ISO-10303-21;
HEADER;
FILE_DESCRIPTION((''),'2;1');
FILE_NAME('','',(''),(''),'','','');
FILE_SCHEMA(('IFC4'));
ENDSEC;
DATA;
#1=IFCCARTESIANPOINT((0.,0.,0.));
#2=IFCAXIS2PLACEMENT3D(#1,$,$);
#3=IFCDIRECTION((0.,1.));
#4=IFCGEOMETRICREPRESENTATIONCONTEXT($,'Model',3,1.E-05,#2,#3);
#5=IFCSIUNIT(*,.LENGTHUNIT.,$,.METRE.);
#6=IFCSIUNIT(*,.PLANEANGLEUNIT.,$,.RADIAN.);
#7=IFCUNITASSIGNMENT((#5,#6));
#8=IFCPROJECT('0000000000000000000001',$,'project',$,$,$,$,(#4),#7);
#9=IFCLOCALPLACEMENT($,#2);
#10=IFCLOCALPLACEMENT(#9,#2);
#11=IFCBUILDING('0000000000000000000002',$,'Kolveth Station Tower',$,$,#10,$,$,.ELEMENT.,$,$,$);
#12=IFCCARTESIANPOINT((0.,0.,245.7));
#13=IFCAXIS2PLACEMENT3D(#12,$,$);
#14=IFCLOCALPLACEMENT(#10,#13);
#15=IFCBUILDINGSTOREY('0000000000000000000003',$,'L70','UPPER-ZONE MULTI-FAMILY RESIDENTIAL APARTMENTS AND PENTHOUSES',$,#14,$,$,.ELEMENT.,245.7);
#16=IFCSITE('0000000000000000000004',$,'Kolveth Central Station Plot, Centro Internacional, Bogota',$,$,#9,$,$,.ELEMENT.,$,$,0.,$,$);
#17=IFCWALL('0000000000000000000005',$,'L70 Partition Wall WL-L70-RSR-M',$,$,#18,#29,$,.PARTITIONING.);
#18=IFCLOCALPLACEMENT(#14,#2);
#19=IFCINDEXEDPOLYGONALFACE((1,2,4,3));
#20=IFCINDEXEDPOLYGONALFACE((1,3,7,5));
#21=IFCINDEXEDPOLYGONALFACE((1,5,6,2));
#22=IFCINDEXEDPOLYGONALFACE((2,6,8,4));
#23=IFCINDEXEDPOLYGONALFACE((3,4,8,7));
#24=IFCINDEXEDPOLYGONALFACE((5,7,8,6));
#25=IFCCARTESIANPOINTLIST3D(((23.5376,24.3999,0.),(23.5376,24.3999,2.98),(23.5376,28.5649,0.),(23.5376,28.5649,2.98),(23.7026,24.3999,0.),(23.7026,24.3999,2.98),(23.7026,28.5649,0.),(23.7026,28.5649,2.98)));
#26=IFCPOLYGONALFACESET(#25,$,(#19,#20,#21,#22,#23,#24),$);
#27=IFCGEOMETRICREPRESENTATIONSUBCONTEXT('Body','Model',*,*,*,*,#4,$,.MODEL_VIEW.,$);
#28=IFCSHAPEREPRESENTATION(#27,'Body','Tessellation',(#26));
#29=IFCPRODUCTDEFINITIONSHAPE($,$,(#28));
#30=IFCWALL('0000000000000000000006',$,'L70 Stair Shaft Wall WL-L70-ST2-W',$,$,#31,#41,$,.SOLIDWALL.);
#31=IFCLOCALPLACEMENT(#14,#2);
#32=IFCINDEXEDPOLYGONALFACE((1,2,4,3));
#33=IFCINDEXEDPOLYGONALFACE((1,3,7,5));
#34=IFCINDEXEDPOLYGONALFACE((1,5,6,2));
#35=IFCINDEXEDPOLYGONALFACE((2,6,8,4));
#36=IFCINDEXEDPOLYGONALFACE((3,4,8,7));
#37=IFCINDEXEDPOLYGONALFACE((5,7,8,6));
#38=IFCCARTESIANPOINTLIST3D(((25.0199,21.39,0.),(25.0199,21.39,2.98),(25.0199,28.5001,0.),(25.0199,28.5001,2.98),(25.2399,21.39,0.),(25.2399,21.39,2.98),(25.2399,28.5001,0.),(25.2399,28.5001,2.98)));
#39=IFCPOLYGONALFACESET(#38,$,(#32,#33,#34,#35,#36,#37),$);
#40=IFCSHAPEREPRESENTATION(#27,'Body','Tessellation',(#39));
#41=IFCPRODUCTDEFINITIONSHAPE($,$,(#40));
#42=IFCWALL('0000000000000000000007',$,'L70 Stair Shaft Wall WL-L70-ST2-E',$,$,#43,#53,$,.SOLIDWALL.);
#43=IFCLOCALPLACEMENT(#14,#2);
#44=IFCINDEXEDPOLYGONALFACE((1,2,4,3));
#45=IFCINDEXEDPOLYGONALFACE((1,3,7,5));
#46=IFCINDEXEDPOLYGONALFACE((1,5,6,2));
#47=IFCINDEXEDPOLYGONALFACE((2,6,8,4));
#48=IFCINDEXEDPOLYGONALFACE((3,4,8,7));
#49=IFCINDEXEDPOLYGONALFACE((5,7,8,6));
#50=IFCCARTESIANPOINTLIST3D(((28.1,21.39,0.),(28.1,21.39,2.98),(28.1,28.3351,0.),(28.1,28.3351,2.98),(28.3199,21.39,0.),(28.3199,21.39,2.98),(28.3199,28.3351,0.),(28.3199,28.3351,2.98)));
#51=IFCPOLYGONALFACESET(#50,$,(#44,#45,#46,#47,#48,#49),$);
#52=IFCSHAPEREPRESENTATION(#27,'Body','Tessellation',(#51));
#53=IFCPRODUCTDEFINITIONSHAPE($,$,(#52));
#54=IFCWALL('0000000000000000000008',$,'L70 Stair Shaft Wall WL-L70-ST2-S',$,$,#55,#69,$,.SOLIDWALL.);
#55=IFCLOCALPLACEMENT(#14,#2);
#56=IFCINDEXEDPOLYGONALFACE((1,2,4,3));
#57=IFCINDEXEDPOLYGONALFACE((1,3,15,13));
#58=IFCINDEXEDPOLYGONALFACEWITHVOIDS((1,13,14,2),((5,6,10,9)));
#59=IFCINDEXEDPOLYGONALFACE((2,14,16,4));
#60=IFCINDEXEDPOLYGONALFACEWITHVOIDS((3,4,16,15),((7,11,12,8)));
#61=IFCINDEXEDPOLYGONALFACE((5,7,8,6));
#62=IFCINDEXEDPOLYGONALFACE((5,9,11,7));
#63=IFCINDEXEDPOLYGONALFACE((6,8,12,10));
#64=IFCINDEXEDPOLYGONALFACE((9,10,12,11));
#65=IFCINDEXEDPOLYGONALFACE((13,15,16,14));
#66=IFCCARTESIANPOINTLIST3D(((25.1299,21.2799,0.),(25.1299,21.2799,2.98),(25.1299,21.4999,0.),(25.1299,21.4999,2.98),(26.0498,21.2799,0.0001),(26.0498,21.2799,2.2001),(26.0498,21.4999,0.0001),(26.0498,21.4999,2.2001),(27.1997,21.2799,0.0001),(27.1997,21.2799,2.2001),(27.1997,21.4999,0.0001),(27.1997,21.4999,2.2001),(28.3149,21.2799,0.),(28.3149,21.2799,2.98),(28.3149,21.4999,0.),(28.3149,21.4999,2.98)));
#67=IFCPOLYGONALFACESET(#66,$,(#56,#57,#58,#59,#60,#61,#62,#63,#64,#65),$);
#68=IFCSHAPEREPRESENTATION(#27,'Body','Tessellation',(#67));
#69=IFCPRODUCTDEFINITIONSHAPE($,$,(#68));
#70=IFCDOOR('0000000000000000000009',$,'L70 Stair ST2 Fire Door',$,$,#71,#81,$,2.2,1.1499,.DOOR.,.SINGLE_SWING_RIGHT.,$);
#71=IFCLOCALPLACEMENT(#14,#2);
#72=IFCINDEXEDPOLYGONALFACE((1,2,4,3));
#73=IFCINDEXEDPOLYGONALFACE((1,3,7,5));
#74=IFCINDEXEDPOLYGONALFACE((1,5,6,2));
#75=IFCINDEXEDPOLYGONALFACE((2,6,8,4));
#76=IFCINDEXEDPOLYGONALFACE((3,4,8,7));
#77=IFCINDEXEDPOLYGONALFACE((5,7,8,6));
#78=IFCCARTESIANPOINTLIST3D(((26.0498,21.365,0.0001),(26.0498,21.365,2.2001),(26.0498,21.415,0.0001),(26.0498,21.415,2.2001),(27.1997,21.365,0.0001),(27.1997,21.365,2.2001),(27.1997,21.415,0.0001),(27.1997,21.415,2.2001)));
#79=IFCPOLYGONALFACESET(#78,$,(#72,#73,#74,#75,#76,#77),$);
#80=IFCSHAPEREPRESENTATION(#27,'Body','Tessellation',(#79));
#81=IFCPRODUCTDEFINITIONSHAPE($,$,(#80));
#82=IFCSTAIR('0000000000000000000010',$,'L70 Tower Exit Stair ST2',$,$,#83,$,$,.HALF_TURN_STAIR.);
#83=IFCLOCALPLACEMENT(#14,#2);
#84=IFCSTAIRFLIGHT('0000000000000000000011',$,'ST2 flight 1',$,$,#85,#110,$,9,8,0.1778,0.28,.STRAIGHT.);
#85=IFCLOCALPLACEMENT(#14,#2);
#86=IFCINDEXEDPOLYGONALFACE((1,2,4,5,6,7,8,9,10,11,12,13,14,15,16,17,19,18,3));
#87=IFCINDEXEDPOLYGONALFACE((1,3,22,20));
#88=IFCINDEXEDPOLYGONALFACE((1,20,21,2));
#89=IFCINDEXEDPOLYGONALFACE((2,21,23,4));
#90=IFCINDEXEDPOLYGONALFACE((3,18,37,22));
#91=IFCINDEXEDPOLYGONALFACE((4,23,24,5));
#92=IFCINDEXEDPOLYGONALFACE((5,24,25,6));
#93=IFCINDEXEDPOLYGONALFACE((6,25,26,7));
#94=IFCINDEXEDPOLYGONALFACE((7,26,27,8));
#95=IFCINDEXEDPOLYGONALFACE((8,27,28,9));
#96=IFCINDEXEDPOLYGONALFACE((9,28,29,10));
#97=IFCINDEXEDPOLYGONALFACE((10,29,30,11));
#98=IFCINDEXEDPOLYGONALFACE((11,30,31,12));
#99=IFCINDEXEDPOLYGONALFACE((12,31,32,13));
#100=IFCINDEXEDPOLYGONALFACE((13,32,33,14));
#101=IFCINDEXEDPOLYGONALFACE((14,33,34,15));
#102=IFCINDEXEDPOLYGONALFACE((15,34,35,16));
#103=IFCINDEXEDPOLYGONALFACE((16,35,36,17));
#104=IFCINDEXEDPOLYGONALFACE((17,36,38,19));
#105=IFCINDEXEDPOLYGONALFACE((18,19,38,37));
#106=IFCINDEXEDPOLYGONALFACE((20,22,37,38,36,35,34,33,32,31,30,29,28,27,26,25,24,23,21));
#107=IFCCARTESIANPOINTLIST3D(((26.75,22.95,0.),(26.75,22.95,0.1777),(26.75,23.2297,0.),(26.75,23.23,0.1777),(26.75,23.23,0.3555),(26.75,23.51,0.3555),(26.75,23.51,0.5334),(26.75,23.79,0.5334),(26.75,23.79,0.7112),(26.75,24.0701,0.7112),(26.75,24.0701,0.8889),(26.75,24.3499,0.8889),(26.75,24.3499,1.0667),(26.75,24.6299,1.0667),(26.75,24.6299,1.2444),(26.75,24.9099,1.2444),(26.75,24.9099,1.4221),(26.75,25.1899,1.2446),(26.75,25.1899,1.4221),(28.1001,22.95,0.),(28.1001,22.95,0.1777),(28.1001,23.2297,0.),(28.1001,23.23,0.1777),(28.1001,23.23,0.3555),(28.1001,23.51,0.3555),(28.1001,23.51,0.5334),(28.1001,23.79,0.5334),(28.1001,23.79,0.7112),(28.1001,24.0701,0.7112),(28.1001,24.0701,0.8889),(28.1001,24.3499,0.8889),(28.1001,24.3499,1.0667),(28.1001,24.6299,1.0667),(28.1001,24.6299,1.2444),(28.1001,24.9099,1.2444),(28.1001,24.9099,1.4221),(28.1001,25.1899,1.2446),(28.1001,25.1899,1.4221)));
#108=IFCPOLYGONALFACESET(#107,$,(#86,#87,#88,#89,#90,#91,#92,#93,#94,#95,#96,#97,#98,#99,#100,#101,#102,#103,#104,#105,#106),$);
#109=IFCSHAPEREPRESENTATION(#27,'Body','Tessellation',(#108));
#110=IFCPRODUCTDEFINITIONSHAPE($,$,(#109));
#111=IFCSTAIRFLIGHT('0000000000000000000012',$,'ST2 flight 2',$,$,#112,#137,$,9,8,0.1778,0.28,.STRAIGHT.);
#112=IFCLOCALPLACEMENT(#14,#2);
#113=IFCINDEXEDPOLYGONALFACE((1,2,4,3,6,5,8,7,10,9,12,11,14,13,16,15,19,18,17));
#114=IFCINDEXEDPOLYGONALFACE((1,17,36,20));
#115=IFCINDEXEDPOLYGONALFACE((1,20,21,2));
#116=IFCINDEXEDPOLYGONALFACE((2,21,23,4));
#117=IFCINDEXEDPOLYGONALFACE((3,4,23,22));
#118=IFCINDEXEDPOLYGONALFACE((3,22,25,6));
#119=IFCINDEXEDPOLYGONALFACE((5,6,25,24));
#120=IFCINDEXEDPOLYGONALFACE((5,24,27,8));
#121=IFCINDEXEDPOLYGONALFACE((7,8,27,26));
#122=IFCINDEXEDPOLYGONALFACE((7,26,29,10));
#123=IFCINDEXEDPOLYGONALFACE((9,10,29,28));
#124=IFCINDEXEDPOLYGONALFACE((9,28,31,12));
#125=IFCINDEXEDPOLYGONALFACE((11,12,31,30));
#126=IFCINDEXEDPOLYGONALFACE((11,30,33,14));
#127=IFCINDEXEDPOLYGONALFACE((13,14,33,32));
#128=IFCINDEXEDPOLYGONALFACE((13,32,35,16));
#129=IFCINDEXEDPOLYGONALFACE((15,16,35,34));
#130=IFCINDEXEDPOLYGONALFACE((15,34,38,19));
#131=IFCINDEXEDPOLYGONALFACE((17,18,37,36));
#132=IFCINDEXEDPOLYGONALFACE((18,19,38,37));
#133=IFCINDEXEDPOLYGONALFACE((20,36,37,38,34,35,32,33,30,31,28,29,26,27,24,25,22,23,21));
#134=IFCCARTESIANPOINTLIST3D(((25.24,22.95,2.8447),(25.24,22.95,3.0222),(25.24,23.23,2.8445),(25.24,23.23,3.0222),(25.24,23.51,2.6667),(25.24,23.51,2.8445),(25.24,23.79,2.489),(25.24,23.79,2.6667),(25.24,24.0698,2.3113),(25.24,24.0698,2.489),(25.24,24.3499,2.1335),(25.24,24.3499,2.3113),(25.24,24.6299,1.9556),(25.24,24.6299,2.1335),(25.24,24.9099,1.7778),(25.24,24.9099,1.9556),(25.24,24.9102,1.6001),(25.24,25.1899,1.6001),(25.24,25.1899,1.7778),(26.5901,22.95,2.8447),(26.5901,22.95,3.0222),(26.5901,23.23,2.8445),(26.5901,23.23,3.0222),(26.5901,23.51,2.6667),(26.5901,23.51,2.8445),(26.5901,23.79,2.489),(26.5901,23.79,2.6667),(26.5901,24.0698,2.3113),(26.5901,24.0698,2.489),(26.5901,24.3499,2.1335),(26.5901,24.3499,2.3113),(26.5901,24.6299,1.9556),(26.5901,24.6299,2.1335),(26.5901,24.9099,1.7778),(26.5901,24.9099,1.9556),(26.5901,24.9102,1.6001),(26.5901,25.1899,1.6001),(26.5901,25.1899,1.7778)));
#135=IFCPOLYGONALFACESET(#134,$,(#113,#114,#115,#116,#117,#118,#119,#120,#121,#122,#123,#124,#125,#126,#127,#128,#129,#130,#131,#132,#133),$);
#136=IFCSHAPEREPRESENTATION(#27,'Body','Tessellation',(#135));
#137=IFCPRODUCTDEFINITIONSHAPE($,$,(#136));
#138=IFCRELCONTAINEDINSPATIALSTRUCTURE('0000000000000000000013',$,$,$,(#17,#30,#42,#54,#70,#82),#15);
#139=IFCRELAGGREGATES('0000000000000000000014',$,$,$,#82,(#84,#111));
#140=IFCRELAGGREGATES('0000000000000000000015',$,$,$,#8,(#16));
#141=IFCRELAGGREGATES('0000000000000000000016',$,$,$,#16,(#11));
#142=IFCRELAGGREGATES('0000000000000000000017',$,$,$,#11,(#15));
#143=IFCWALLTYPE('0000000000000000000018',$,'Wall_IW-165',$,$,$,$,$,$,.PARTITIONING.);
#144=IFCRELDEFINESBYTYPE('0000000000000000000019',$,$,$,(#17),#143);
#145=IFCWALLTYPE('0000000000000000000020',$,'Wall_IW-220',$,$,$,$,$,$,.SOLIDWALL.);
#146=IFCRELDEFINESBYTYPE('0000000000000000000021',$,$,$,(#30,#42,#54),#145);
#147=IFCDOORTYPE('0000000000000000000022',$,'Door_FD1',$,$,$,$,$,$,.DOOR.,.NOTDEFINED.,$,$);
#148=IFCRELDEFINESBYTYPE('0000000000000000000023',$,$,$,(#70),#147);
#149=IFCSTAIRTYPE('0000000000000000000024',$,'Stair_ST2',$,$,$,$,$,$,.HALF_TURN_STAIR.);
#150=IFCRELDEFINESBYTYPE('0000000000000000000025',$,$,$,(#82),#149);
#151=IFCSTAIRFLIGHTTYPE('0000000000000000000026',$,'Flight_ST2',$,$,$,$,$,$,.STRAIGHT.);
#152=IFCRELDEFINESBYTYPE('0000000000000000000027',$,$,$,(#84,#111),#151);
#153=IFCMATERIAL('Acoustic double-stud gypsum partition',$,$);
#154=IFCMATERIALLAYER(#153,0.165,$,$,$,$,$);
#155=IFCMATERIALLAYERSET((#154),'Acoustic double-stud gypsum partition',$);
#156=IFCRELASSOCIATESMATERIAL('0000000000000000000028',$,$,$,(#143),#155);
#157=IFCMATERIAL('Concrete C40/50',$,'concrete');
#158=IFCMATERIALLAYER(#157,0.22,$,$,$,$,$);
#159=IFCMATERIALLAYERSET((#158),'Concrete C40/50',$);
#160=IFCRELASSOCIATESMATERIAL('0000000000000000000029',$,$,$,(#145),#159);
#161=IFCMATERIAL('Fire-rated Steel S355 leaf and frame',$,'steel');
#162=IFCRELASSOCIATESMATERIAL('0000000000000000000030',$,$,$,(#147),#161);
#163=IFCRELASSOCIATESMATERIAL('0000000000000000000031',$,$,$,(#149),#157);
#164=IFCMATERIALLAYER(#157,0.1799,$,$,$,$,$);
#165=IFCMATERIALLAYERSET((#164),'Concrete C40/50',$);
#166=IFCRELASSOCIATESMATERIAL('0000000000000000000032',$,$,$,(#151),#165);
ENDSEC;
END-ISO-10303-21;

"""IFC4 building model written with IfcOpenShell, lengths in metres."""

from ifc_helpers import new_model, si_unit, direction, frame, frame_2d, origin, place, context, subcontext, project, spatial, polyline, rectangle, outline, extrude, material, layer, layer_set, type_object, element, fill, aggregate, save


model = new_model("IFC4")

# Units and contexts
model_context = context("Model", 3, precision=1e-05, world=origin(), true_north=direction((0.0, 1.0)))
body_context = subcontext(model_context, "Body", "Model", "MODEL_VIEW")
ifc_project = project(units=[si_unit("LENGTHUNIT", "METRE"), si_unit("PLANEANGLEUNIT", "RADIAN")], contexts=[model_context])

# Site, building, storey
site_placement = place(None, origin())
site = spatial("IfcSite", under=ifc_project, at=site_placement, Name="Kolveth Central Station Plot, Centro Internacional, Bogota", CompositionType="ELEMENT", RefElevation=0.0)
building_placement = place(site_placement, origin())
building = spatial("IfcBuilding", under=site, at=building_placement, Name="Kolveth Station Tower", CompositionType="ELEMENT")
storey_placement = place(building_placement, frame((0.0, 0.0, 245.7)))
storey = spatial("IfcBuildingStorey", under=building, at=storey_placement, Name="L70", Description="UPPER-ZONE MULTI-FAMILY RESIDENTIAL APARTMENTS AND PENTHOUSES", CompositionType="ELEMENT", Elevation=245.7)

# Walls
ifc_material_1 = material(Name="Acoustic double-stud gypsum partition")
ifc_layer_1 = layer(ifc_material_1, 0.165)
ifc_layer_set_1 = layer_set([ifc_layer_1], Name="Acoustic double-stud gypsum partition")
wall_type_1 = type_object("IfcWallType", Name="Wall_IW-165", PredefinedType="PARTITIONING", material=ifc_layer_set_1)
wall_1_placement = place(storey_placement, frame((23.6201, 24.3999, 0.0), z_axis=(0.0, 0.0, 1.0), x_axis=(0.0, 1.0, 0.0)))
element("IfcWall", 1, at=wall_1_placement, inside=storey, type_object=wall_type_1, Name="L70 Partition Wall WL-L70-RSR-M", PredefinedType="PARTITIONING", context=body_context, shape_type="SweptSolid", body=[
    extrude(rectangle(XDim=4.165, YDim=0.165, at=frame_2d((2.0825, 0.0))), origin(), (0.0, 0.0, 1.0), 2.98),
])
ifc_material_2 = material(Name="Concrete C40/50", Category="concrete")
ifc_layer_2 = layer(ifc_material_2, 0.22)
ifc_layer_set_2 = layer_set([ifc_layer_2], Name="Concrete C40/50")
wall_type_2 = type_object("IfcWallType", Name="Wall_IW-220", PredefinedType="SOLIDWALL", material=ifc_layer_set_2)
wall_2_placement = place(storey_placement, frame((25.1299, 21.3899, 0.0), z_axis=(0.0, 0.0, 1.0), x_axis=(0.0, 1.0, 0.0)))
element("IfcWall", 2, at=wall_2_placement, inside=storey, type_object=wall_type_2, Name="L70 Stair Shaft Wall WL-L70-ST2-W", PredefinedType="SOLIDWALL", context=body_context, shape_type="SweptSolid", body=[
    extrude(rectangle(XDim=7.1101, YDim=0.22, at=frame_2d((3.5552, 0.0))), origin(), (0.0, 0.0, 1.0), 2.98),
])
wall_3_placement = place(storey_placement, frame((28.21, 21.3899, 0.0), z_axis=(0.0, 0.0, 1.0), x_axis=(0.0, 1.0, 0.0)))
element("IfcWall", 3, at=wall_3_placement, inside=storey, type_object=wall_type_2, Name="L70 Stair Shaft Wall WL-L70-ST2-E", PredefinedType="SOLIDWALL", context=body_context, shape_type="SweptSolid", body=[
    extrude(rectangle(XDim=6.9451, YDim=0.22, at=frame_2d((3.4727, 0.0))), origin(), (0.0, 0.0, 1.0), 2.98),
])

# Wall, opening, door
wall_4_placement = place(storey_placement, frame((25.1299, 21.3899, 0.0), z_axis=(0.0, 0.0, 1.0), x_axis=(1.0, 0.0, 0.0)))
wall_4 = element("IfcWall", 4, at=wall_4_placement, inside=storey, type_object=wall_type_2, Name="L70 Stair Shaft Wall WL-L70-ST2-S", PredefinedType="SOLIDWALL", context=body_context, shape_type="SweptSolid", body=[
    extrude(rectangle(XDim=3.1851, YDim=0.22, at=frame_2d((1.5925, 0.0))), origin(), (0.0, 0.0, 1.0), 2.98),
])
opening_1_placement = place(wall_4_placement, frame((0.9199, 0.0, 0.0)))
opening_1 = element("IfcOpeningElement", 5, at=opening_1_placement, cuts=wall_4, PredefinedType="OPENING", context=body_context, shape_type="SweptSolid", body=[
    extrude(rectangle(XDim=1.1499, YDim=2.2, at=frame_2d((0.575, 1.1001))), frame((0.0, 0.1199, 0.0), z_axis=(0.0, -1.0, 0.0), x_axis=(1.0, 0.0, 0.0)), (0.0, 0.0, 1.0), 0.24),
])
ifc_material_3 = material(Name="Fire-rated Steel S355 leaf and frame", Category="steel")
door_type_1 = type_object("IfcDoorType", Name="Door_FD1", OperationType="NOTDEFINED", PredefinedType="DOOR", material=ifc_material_3)
door_1_placement = place(opening_1_placement, frame((1.1499, 0.0, 0.0), z_axis=(0.0, 0.0, 1.0), x_axis=(-1.0, 0.0, 0.0)))
door_1 = element("IfcDoor", 6, at=door_1_placement, inside=storey, type_object=door_type_1, Name="L70 Stair ST2 Fire Door", OperationType="SINGLE_SWING_RIGHT", OverallHeight=2.2, OverallWidth=1.1499, PredefinedType="DOOR", context=body_context, shape_type="SweptSolid", body=[
    extrude(rectangle(XDim=1.1499, YDim=2.2, at=frame_2d((0.575, 1.1001))), frame((0.0, 0.0249, 0.0), z_axis=(0.0, -1.0, 0.0), x_axis=(1.0, 0.0, 0.0)), (0.0, 0.0, 1.0), 0.05),
])
fill(opening_1, door_1)

# Stair, stair flights
stair_type = type_object("IfcStairType", Name="Stair_ST2", PredefinedType="HALF_TURN_STAIR", material=ifc_material_2)
stair_placement = place(storey_placement, origin())
stair = element("IfcStair", 7, at=stair_placement, inside=storey, type_object=stair_type, Name="L70 Tower Exit Stair ST2", PredefinedType="HALF_TURN_STAIR")
ifc_layer_3 = layer(ifc_material_2, 0.1799)
ifc_layer_set_3 = layer_set([ifc_layer_3], Name="Concrete C40/50")
stair_flight_type = type_object("IfcStairFlightType", Name="Flight_ST2", PredefinedType="STRAIGHT", material=ifc_layer_set_3)
stair_flight_1_placement = place(storey_placement, frame((27.425, 22.95, 0.0), z_axis=(0.0, 0.0, 1.0), x_axis=(0.0, 1.0, 0.0)))
stair_flight_1 = element("IfcStairFlight", 8, at=stair_flight_1_placement, type_object=stair_flight_type, Name="ST2 flight 1", NumberOfRisers=9, NumberOfTreads=8, PredefinedType="STRAIGHT", RiserHeight=0.1778, TreadLength=0.28, context=body_context, shape_type="SweptSolid", body=[
    extrude(outline(polyline([(0.0, 0.0), (0.0, 0.1777), (0.28, 0.1777), (0.28, 0.3555), (0.5601, 0.3555), (0.5601, 0.5334), (0.8401, 0.5334), (0.8401, 0.7112), (1.1201, 0.7112), (1.1201, 0.8889), (1.3999, 0.8889), (1.3999, 1.0667), (1.6799, 1.0667), (1.6799, 1.2444), (1.96, 1.2444), (1.96, 1.4221), (2.24, 1.4221), (2.24, 1.6001), (2.24, 1.2446), (0.2798, 0.0), (0.0, 0.0)])), frame((0.0, 0.675, 0.0), z_axis=(0.0, -1.0, 0.0), x_axis=(1.0, 0.0, 0.0)), (0.0, 0.0, 1.0), 1.3501),
])
stair_flight_2_placement = place(storey_placement, frame((25.915, 25.1899, 1.6001), z_axis=(0.0, 0.0, 1.0), x_axis=(0.0, -1.0, 0.0)))
stair_flight_2 = element("IfcStairFlight", 9, at=stair_flight_2_placement, type_object=stair_flight_type, Name="ST2 flight 2", NumberOfRisers=9, NumberOfTreads=8, PredefinedType="STRAIGHT", RiserHeight=0.1778, TreadLength=0.28, context=body_context, shape_type="SweptSolid", body=[
    extrude(outline(polyline([(0.0, 0.0), (0.0, 0.1777), (0.28, 0.1777), (0.28, 0.3555), (0.5601, 0.3555), (0.5601, 0.5334), (0.8401, 0.5334), (0.8401, 0.7112), (1.1201, 0.7112), (1.1201, 0.8889), (1.3999, 0.8889), (1.3999, 1.0667), (1.6799, 1.0667), (1.6799, 1.2444), (1.96, 1.2444), (1.96, 1.4221), (2.24, 1.4221), (2.24, 1.6001), (2.24, 1.2446), (0.2798, 0.0), (0.0, 0.0)])), frame((0.0, 0.675, 0.0), z_axis=(0.0, -1.0, 0.0), x_axis=(1.0, 0.0, 0.0)), (0.0, 0.0, 1.0), 1.3501),
])
aggregate(stair, [stair_flight_1, stair_flight_2])

save(model, "model.ifc")
